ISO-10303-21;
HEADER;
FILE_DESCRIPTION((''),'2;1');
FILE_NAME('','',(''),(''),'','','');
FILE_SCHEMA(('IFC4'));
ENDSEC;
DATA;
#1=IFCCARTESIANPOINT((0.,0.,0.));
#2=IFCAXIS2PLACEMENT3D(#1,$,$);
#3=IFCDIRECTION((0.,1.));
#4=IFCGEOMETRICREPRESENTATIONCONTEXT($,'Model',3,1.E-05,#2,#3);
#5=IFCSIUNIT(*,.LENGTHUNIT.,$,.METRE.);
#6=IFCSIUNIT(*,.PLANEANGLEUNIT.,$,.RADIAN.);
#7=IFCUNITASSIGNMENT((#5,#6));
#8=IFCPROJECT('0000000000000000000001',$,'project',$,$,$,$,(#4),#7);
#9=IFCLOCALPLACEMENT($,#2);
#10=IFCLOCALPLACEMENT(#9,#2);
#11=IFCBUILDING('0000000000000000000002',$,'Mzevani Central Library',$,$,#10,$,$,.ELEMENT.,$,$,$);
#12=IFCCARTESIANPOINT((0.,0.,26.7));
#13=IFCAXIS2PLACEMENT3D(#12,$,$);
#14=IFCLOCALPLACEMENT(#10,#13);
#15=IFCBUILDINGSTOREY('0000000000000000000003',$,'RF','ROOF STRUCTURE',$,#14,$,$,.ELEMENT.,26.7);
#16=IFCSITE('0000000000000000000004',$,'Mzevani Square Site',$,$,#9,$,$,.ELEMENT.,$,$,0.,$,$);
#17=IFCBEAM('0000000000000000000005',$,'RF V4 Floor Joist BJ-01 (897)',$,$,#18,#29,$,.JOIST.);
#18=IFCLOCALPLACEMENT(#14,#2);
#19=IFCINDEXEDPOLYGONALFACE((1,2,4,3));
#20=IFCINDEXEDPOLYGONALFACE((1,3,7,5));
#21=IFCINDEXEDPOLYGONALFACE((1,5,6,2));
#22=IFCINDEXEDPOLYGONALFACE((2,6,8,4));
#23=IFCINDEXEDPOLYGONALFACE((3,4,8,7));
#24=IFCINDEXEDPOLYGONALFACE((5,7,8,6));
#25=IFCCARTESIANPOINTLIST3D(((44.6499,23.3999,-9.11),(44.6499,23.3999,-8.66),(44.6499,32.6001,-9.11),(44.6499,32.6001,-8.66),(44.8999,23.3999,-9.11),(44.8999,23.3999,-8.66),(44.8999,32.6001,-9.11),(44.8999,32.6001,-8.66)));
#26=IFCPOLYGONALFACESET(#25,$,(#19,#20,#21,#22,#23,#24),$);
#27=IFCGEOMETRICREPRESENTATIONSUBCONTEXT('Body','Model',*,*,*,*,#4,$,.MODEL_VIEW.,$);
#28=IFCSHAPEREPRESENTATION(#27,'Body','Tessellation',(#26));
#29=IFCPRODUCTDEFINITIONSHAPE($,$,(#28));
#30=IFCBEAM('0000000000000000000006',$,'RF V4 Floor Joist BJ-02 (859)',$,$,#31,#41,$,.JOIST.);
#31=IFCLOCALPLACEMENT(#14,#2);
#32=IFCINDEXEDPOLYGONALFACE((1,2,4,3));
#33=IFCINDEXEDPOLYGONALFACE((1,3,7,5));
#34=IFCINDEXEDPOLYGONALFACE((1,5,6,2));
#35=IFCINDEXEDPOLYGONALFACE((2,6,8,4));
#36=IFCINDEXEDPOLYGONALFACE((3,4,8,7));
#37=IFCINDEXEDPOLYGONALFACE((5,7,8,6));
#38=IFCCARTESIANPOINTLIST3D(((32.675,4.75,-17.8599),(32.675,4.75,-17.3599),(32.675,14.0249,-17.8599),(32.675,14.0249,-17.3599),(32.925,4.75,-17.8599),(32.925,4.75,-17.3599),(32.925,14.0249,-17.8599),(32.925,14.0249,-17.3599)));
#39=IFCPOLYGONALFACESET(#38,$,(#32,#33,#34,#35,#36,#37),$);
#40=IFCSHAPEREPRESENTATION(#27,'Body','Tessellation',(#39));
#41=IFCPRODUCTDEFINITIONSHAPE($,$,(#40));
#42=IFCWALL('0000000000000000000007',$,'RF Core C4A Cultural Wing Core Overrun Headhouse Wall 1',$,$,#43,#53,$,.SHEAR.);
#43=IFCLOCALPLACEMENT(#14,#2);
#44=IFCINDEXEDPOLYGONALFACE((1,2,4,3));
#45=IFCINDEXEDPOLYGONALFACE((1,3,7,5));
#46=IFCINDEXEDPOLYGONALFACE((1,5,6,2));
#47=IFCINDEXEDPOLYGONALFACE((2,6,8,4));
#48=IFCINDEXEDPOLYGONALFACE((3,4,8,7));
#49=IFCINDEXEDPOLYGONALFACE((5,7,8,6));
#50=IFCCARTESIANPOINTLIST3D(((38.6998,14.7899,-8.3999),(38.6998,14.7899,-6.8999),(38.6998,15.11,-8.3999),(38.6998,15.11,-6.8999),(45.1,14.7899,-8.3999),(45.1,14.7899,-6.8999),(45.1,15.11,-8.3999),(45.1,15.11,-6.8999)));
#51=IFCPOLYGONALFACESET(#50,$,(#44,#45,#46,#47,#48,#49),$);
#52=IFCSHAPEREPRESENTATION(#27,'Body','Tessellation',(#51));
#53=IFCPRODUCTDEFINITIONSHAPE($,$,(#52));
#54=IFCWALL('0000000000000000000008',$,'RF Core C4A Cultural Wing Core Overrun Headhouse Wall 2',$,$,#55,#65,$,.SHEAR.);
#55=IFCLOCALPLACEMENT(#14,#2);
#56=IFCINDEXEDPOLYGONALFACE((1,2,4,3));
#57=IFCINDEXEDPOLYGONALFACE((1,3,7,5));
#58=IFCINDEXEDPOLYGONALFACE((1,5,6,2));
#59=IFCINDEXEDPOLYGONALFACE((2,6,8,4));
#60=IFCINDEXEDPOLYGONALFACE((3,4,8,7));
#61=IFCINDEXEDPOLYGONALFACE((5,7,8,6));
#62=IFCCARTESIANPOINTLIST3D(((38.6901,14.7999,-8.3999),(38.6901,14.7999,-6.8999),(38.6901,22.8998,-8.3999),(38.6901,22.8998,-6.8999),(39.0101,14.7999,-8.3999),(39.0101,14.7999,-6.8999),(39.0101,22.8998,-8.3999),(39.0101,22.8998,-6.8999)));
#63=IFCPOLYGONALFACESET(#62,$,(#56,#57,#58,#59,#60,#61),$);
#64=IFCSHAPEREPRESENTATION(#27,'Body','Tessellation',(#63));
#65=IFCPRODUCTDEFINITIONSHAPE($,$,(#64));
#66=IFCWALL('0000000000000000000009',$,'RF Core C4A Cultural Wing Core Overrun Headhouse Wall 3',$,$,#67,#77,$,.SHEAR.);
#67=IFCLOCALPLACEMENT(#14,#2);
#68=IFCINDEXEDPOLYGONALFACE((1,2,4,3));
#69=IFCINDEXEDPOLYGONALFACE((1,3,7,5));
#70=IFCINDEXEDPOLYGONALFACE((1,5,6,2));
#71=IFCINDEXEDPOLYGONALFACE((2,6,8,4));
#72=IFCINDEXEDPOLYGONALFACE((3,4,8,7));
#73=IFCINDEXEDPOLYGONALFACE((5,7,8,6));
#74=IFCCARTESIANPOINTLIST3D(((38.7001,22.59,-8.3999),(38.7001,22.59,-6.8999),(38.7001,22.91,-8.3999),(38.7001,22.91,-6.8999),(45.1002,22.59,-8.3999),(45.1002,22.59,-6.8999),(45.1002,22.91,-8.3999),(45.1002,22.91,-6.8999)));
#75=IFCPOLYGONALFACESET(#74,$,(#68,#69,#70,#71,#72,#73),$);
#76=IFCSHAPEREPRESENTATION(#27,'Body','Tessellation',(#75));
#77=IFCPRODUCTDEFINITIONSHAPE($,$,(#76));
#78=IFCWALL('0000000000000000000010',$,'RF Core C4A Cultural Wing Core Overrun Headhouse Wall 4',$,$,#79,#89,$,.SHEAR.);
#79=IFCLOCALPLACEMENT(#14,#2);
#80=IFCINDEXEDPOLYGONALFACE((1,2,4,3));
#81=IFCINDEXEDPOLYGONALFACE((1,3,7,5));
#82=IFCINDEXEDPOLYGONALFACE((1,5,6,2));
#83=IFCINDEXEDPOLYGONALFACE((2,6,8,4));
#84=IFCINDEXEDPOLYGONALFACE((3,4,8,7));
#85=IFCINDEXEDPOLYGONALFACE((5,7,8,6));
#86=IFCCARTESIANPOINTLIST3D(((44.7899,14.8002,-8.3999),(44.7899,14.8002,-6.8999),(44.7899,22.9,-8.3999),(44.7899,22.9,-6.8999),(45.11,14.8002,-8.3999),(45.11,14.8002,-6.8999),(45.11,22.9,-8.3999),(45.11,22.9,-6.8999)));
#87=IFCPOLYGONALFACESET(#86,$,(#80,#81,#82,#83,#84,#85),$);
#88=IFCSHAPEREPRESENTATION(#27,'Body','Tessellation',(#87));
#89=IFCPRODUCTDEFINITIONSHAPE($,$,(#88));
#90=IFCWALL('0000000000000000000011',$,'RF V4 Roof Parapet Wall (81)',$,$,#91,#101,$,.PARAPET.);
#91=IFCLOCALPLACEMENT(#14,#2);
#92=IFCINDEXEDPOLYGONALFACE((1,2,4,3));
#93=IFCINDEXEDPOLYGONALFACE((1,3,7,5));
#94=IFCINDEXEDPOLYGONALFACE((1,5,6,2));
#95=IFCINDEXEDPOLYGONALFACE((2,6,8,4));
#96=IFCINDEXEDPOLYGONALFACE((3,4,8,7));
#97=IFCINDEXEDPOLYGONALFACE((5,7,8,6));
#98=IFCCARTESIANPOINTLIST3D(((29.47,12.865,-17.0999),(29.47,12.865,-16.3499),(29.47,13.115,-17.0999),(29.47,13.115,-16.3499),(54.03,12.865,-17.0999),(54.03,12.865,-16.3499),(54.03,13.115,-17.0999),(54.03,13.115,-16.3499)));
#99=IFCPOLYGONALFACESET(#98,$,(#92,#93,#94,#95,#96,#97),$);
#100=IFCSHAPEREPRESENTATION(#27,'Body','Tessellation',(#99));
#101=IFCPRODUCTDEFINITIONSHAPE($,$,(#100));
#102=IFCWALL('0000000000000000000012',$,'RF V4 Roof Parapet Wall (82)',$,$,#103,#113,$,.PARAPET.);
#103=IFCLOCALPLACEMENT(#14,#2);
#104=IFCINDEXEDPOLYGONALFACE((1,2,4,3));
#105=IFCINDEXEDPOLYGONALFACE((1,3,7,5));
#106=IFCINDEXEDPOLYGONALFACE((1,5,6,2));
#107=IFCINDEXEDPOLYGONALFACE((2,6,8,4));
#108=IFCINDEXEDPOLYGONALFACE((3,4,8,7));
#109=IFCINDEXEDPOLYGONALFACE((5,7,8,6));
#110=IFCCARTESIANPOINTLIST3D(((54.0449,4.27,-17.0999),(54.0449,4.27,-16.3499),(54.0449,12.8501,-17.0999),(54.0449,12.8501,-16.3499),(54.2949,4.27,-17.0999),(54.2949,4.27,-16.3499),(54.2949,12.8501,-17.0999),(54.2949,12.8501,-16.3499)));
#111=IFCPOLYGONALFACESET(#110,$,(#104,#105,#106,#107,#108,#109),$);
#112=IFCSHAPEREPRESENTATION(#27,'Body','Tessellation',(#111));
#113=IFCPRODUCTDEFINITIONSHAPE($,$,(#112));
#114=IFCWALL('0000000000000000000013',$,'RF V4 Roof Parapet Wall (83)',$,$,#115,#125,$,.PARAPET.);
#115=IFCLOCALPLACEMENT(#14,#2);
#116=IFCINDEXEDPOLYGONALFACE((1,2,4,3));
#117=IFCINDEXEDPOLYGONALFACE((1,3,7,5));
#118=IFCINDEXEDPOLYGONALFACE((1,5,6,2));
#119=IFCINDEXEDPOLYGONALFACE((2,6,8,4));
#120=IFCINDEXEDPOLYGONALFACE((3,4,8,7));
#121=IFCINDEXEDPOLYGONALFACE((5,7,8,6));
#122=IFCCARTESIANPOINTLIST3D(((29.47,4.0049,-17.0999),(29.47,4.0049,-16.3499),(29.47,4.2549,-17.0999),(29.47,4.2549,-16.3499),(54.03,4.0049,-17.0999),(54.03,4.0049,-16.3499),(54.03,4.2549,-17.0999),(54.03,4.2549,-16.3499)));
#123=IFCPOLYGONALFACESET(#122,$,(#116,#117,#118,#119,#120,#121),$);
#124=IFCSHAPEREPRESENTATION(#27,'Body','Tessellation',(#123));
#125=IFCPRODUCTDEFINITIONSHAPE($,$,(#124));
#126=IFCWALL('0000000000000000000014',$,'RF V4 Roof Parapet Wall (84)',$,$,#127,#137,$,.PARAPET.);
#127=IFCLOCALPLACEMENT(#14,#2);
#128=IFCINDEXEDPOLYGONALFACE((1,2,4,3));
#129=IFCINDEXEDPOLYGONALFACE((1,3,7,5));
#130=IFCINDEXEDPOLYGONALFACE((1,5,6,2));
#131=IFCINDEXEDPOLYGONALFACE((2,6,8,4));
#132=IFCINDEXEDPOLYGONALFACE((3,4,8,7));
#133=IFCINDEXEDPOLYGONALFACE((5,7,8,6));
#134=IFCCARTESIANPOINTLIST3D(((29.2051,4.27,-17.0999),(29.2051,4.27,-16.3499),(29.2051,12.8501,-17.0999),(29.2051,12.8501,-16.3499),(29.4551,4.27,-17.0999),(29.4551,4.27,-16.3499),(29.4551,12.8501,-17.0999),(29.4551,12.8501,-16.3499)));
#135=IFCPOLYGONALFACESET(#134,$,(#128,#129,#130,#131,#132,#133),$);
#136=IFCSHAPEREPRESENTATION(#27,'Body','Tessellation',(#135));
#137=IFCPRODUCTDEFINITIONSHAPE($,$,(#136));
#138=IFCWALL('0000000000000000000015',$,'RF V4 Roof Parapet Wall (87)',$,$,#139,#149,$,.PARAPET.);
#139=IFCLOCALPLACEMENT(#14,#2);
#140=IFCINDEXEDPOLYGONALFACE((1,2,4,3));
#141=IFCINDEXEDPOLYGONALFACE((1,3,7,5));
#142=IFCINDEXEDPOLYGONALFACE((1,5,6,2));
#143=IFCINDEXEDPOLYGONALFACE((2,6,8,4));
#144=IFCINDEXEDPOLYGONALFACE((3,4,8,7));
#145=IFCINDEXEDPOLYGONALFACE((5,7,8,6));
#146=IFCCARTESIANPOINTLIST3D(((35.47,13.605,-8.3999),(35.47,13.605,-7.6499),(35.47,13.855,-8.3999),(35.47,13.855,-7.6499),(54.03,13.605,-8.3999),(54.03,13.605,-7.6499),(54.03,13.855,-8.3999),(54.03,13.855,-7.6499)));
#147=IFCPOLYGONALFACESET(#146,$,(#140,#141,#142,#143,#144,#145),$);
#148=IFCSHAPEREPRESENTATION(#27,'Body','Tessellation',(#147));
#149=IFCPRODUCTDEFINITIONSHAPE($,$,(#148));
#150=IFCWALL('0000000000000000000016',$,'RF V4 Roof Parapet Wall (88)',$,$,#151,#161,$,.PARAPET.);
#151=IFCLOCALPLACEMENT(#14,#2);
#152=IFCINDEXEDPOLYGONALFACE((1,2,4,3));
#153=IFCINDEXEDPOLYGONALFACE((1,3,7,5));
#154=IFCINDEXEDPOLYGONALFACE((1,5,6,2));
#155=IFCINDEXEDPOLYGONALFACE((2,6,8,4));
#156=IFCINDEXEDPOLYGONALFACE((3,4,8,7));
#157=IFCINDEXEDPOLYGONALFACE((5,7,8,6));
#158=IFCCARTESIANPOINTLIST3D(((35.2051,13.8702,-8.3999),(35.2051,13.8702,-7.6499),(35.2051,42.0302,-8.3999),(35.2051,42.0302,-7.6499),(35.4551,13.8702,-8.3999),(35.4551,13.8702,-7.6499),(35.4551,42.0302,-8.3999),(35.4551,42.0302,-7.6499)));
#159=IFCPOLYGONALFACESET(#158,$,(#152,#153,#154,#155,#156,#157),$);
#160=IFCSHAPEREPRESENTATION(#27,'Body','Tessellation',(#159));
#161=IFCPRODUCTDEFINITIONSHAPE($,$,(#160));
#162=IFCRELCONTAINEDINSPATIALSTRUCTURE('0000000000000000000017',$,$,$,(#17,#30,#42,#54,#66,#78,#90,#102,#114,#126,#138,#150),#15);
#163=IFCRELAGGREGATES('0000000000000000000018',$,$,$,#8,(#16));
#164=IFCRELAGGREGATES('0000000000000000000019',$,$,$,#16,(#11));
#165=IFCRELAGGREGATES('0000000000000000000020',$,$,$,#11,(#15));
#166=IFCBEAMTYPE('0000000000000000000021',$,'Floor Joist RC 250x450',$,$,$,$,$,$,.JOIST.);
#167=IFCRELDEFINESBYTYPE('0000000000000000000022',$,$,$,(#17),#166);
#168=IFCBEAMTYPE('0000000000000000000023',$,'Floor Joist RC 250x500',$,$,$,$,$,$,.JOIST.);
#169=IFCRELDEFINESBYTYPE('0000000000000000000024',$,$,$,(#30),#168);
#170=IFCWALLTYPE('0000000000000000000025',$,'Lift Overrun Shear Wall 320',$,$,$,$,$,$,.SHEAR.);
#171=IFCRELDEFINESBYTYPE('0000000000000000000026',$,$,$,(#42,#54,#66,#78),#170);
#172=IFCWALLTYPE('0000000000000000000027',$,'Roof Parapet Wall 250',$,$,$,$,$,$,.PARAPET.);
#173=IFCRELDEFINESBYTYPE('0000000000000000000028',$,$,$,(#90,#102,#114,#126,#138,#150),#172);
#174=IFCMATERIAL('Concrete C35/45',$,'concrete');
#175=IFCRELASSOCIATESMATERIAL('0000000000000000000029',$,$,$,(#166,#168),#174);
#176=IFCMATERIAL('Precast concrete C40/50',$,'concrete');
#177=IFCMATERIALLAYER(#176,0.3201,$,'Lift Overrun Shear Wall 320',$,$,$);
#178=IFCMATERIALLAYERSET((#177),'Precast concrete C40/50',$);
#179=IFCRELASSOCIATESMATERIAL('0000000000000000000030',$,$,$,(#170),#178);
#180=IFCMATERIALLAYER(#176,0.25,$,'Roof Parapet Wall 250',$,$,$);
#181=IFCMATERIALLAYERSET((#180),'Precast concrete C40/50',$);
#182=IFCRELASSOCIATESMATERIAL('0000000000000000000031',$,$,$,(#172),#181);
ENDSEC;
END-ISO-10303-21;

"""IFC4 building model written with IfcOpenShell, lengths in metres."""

from ifc_helpers import new_model, si_unit, direction, frame, frame_2d, origin, origin_2d, place, context, subcontext, project, spatial, rectangle, extrude, material, layer, layer_set, material_profile, profile_set, type_object, element, save


model = new_model("IFC4")

# Units and contexts
model_context = context("Model", 3, precision=1e-05, world=origin(), true_north=direction((0.0, 1.0)))
body_context = subcontext(model_context, "Body", "Model", "MODEL_VIEW")
ifc_project = project(units=[si_unit("LENGTHUNIT", "METRE"), si_unit("PLANEANGLEUNIT", "RADIAN")], contexts=[model_context])

# Site, building, storey
site_placement = place(None, origin())
site = spatial("IfcSite", under=ifc_project, at=site_placement, Name="Mzevani Square Site", CompositionType="ELEMENT", RefElevation=0.0)
building_placement = place(site_placement, origin())
building = spatial("IfcBuilding", under=site, at=building_placement, Name="Mzevani Central Library", CompositionType="ELEMENT")
storey_placement = place(building_placement, frame((0.0, 0.0, 26.7)))
storey = spatial("IfcBuildingStorey", under=building, at=storey_placement, Name="RF", Description="ROOF STRUCTURE", CompositionType="ELEMENT", Elevation=26.7)

# Beams
ifc_material_1 = material(Name="Concrete C35/45", Category="concrete")
ifc_material_2 = material(Name="Precast concrete C40/50", Category="concrete")
ifc_material_profile_1 = material_profile(ifc_material_1, rectangle(XDim=0.25, YDim=0.45, at=origin_2d()), Name="RC J250x450")
ifc_profile_set_1 = profile_set([ifc_material_profile_1], Name="Concrete C35/45")
beam_type_1 = type_object("IfcBeamType", Name="Floor Joist RC 250x450", PredefinedType="JOIST", material=ifc_profile_set_1)
beam_1_placement = place(storey_placement, frame((44.7749, 23.3999, -8.885), z_axis=(0.0, 1.0, 0.0), x_axis=(-1.0, 0.0, 0.0)))
element("IfcBeam", 1, at=beam_1_placement, inside=storey, type_object=beam_type_1, Name="RF V4 Floor Joist BJ-01 (897)", PredefinedType="JOIST", context=body_context, shape_type="SweptSolid", body=[
    extrude(rectangle(XDim=0.25, YDim=0.45, at=origin_2d()), origin(), (0.0, 0.0, 1.0), 9.2002),
])
ifc_material_profile_2 = material_profile(ifc_material_1, rectangle(XDim=0.25, YDim=0.5, at=origin_2d()), Name="RC J250x500")
ifc_profile_set_2 = profile_set([ifc_material_profile_2], Name="Concrete C35/45")
beam_type_2 = type_object("IfcBeamType", Name="Floor Joist RC 250x500", PredefinedType="JOIST", material=ifc_profile_set_2)
beam_2_placement = place(storey_placement, frame((32.8, 4.75, -17.6099), z_axis=(0.0, 1.0, 0.0), x_axis=(-1.0, 0.0, 0.0)))
element("IfcBeam", 2, at=beam_2_placement, inside=storey, type_object=beam_type_2, Name="RF V4 Floor Joist BJ-02 (859)", PredefinedType="JOIST", context=body_context, shape_type="SweptSolid", body=[
    extrude(rectangle(XDim=0.25, YDim=0.5, at=origin_2d()), origin(), (0.0, 0.0, 1.0), 9.2749),
])

# Walls
ifc_layer_1 = layer(ifc_material_2, 0.3201, Name="Lift Overrun Shear Wall 320")
ifc_layer_set_1 = layer_set([ifc_layer_1], Name="Precast concrete C40/50")
wall_type_1 = type_object("IfcWallType", Name="Lift Overrun Shear Wall 320", PredefinedType="SHEAR", material=ifc_layer_set_1)
wall_1_placement = place(storey_placement, frame((45.1001, 14.95, -8.3999), z_axis=(0.0, 0.0, 1.0), x_axis=(-1.0, 0.0, 0.0)))
element("IfcWall", 3, at=wall_1_placement, inside=storey, type_object=wall_type_1, Name="RF Core C4A Cultural Wing Core Overrun Headhouse Wall 1", PredefinedType="SHEAR", context=body_context, shape_type="SweptSolid", body=[
    extrude(rectangle(XDim=6.4001, YDim=0.3201, at=frame_2d((3.2002, 0.0))), origin(), (0.0, 0.0, 1.0), 1.5),
])
wall_2_placement = place(storey_placement, frame((38.8501, 14.8, -8.3999), z_axis=(0.0, 0.0, 1.0), x_axis=(0.0, 1.0, 0.0)))
element("IfcWall", 4, at=wall_2_placement, inside=storey, type_object=wall_type_1, Name="RF Core C4A Cultural Wing Core Overrun Headhouse Wall 2", PredefinedType="SHEAR", context=body_context, shape_type="SweptSolid", body=[
    extrude(rectangle(XDim=8.0999, YDim=0.3201, at=frame_2d((4.0498, 0.0))), origin(), (0.0, 0.0, 1.0), 1.5),
])
wall_3_placement = place(storey_placement, frame((38.7, 22.75, -8.3999), z_axis=(0.0, 0.0, 1.0), x_axis=(1.0, 0.0, 0.0)))
element("IfcWall", 5, at=wall_3_placement, inside=storey, type_object=wall_type_1, Name="RF Core C4A Cultural Wing Core Overrun Headhouse Wall 3", PredefinedType="SHEAR", context=body_context, shape_type="SweptSolid", body=[
    extrude(rectangle(XDim=6.4001, YDim=0.3201, at=frame_2d((3.2002, 0.0))), origin(), (0.0, 0.0, 1.0), 1.5),
])
wall_4_placement = place(storey_placement, frame((44.95, 22.8999, -8.3999), z_axis=(0.0, 0.0, 1.0), x_axis=(0.0, -1.0, 0.0)))
element("IfcWall", 6, at=wall_4_placement, inside=storey, type_object=wall_type_1, Name="RF Core C4A Cultural Wing Core Overrun Headhouse Wall 4", PredefinedType="SHEAR", context=body_context, shape_type="SweptSolid", body=[
    extrude(rectangle(XDim=8.0999, YDim=0.3201, at=frame_2d((4.0498, 0.0))), origin(), (0.0, 0.0, 1.0), 1.5),
])
ifc_layer_2 = layer(ifc_material_2, 0.25, Name="Roof Parapet Wall 250")
ifc_layer_set_2 = layer_set([ifc_layer_2], Name="Precast concrete C40/50")
wall_type_2 = type_object("IfcWallType", Name="Roof Parapet Wall 250", PredefinedType="PARAPET", material=ifc_layer_set_2)
wall_5_placement = place(storey_placement, frame((29.47, 12.99, -17.0999), z_axis=(0.0, 0.0, 1.0), x_axis=(1.0, 0.0, 0.0)))
element("IfcWall", 7, at=wall_5_placement, inside=storey, type_object=wall_type_2, Name="RF V4 Roof Parapet Wall (81)", PredefinedType="PARAPET", context=body_context, shape_type="SweptSolid", body=[
    extrude(rectangle(XDim=24.5601, YDim=0.25, at=frame_2d((12.28, 0.0))), origin(), (0.0, 0.0, 1.0), 0.75),
])
wall_6_placement = place(storey_placement, frame((54.1699, 12.8501, -17.0999), z_axis=(0.0, 0.0, 1.0), x_axis=(0.0, -1.0, 0.0)))
element("IfcWall", 8, at=wall_6_placement, inside=storey, type_object=wall_type_2, Name="RF V4 Roof Parapet Wall (82)", PredefinedType="PARAPET", context=body_context, shape_type="SweptSolid", body=[
    extrude(rectangle(XDim=8.5801, YDim=0.25, at=frame_2d((4.29, 0.0))), origin(), (0.0, 0.0, 1.0), 0.75),
])
wall_7_placement = place(storey_placement, frame((54.03, 4.1299, -17.0999), z_axis=(0.0, 0.0, 1.0), x_axis=(-1.0, 0.0, 0.0)))
element("IfcWall", 9, at=wall_7_placement, inside=storey, type_object=wall_type_2, Name="RF V4 Roof Parapet Wall (83)", PredefinedType="PARAPET", context=body_context, shape_type="SweptSolid", body=[
    extrude(rectangle(XDim=24.5601, YDim=0.25, at=frame_2d((12.28, 0.0))), origin(), (0.0, 0.0, 1.0), 0.75),
])
wall_8_placement = place(storey_placement, frame((29.3301, 4.27, -17.0999), z_axis=(0.0, 0.0, 1.0), x_axis=(0.0, 1.0, 0.0)))
element("IfcWall", 10, at=wall_8_placement, inside=storey, type_object=wall_type_2, Name="RF V4 Roof Parapet Wall (84)", PredefinedType="PARAPET", context=body_context, shape_type="SweptSolid", body=[
    extrude(rectangle(XDim=8.5801, YDim=0.25, at=frame_2d((4.29, 0.0))), origin(), (0.0, 0.0, 1.0), 0.75),
])
wall_9_placement = place(storey_placement, frame((54.03, 13.73, -8.3999), z_axis=(0.0, 0.0, 1.0), x_axis=(-1.0, 0.0, 0.0)))
element("IfcWall", 11, at=wall_9_placement, inside=storey, type_object=wall_type_2, Name="RF V4 Roof Parapet Wall (87)", PredefinedType="PARAPET", context=body_context, shape_type="SweptSolid", body=[
    extrude(rectangle(XDim=18.5601, YDim=0.25, at=frame_2d((9.28, 0.0))), origin(), (0.0, 0.0, 1.0), 0.75),
])
wall_10_placement = place(storey_placement, frame((35.3301, 13.8701, -8.3999), z_axis=(0.0, 0.0, 1.0), x_axis=(0.0, 1.0, 0.0)))
element("IfcWall", 12, at=wall_10_placement, inside=storey, type_object=wall_type_2, Name="RF V4 Roof Parapet Wall (88)", PredefinedType="PARAPET", context=body_context, shape_type="SweptSolid", body=[
    extrude(rectangle(XDim=28.1599, YDim=0.25, at=frame_2d((14.0801, 0.0))), origin(), (0.0, 0.0, 1.0), 0.75),
])

save(model, "model.ifc")
